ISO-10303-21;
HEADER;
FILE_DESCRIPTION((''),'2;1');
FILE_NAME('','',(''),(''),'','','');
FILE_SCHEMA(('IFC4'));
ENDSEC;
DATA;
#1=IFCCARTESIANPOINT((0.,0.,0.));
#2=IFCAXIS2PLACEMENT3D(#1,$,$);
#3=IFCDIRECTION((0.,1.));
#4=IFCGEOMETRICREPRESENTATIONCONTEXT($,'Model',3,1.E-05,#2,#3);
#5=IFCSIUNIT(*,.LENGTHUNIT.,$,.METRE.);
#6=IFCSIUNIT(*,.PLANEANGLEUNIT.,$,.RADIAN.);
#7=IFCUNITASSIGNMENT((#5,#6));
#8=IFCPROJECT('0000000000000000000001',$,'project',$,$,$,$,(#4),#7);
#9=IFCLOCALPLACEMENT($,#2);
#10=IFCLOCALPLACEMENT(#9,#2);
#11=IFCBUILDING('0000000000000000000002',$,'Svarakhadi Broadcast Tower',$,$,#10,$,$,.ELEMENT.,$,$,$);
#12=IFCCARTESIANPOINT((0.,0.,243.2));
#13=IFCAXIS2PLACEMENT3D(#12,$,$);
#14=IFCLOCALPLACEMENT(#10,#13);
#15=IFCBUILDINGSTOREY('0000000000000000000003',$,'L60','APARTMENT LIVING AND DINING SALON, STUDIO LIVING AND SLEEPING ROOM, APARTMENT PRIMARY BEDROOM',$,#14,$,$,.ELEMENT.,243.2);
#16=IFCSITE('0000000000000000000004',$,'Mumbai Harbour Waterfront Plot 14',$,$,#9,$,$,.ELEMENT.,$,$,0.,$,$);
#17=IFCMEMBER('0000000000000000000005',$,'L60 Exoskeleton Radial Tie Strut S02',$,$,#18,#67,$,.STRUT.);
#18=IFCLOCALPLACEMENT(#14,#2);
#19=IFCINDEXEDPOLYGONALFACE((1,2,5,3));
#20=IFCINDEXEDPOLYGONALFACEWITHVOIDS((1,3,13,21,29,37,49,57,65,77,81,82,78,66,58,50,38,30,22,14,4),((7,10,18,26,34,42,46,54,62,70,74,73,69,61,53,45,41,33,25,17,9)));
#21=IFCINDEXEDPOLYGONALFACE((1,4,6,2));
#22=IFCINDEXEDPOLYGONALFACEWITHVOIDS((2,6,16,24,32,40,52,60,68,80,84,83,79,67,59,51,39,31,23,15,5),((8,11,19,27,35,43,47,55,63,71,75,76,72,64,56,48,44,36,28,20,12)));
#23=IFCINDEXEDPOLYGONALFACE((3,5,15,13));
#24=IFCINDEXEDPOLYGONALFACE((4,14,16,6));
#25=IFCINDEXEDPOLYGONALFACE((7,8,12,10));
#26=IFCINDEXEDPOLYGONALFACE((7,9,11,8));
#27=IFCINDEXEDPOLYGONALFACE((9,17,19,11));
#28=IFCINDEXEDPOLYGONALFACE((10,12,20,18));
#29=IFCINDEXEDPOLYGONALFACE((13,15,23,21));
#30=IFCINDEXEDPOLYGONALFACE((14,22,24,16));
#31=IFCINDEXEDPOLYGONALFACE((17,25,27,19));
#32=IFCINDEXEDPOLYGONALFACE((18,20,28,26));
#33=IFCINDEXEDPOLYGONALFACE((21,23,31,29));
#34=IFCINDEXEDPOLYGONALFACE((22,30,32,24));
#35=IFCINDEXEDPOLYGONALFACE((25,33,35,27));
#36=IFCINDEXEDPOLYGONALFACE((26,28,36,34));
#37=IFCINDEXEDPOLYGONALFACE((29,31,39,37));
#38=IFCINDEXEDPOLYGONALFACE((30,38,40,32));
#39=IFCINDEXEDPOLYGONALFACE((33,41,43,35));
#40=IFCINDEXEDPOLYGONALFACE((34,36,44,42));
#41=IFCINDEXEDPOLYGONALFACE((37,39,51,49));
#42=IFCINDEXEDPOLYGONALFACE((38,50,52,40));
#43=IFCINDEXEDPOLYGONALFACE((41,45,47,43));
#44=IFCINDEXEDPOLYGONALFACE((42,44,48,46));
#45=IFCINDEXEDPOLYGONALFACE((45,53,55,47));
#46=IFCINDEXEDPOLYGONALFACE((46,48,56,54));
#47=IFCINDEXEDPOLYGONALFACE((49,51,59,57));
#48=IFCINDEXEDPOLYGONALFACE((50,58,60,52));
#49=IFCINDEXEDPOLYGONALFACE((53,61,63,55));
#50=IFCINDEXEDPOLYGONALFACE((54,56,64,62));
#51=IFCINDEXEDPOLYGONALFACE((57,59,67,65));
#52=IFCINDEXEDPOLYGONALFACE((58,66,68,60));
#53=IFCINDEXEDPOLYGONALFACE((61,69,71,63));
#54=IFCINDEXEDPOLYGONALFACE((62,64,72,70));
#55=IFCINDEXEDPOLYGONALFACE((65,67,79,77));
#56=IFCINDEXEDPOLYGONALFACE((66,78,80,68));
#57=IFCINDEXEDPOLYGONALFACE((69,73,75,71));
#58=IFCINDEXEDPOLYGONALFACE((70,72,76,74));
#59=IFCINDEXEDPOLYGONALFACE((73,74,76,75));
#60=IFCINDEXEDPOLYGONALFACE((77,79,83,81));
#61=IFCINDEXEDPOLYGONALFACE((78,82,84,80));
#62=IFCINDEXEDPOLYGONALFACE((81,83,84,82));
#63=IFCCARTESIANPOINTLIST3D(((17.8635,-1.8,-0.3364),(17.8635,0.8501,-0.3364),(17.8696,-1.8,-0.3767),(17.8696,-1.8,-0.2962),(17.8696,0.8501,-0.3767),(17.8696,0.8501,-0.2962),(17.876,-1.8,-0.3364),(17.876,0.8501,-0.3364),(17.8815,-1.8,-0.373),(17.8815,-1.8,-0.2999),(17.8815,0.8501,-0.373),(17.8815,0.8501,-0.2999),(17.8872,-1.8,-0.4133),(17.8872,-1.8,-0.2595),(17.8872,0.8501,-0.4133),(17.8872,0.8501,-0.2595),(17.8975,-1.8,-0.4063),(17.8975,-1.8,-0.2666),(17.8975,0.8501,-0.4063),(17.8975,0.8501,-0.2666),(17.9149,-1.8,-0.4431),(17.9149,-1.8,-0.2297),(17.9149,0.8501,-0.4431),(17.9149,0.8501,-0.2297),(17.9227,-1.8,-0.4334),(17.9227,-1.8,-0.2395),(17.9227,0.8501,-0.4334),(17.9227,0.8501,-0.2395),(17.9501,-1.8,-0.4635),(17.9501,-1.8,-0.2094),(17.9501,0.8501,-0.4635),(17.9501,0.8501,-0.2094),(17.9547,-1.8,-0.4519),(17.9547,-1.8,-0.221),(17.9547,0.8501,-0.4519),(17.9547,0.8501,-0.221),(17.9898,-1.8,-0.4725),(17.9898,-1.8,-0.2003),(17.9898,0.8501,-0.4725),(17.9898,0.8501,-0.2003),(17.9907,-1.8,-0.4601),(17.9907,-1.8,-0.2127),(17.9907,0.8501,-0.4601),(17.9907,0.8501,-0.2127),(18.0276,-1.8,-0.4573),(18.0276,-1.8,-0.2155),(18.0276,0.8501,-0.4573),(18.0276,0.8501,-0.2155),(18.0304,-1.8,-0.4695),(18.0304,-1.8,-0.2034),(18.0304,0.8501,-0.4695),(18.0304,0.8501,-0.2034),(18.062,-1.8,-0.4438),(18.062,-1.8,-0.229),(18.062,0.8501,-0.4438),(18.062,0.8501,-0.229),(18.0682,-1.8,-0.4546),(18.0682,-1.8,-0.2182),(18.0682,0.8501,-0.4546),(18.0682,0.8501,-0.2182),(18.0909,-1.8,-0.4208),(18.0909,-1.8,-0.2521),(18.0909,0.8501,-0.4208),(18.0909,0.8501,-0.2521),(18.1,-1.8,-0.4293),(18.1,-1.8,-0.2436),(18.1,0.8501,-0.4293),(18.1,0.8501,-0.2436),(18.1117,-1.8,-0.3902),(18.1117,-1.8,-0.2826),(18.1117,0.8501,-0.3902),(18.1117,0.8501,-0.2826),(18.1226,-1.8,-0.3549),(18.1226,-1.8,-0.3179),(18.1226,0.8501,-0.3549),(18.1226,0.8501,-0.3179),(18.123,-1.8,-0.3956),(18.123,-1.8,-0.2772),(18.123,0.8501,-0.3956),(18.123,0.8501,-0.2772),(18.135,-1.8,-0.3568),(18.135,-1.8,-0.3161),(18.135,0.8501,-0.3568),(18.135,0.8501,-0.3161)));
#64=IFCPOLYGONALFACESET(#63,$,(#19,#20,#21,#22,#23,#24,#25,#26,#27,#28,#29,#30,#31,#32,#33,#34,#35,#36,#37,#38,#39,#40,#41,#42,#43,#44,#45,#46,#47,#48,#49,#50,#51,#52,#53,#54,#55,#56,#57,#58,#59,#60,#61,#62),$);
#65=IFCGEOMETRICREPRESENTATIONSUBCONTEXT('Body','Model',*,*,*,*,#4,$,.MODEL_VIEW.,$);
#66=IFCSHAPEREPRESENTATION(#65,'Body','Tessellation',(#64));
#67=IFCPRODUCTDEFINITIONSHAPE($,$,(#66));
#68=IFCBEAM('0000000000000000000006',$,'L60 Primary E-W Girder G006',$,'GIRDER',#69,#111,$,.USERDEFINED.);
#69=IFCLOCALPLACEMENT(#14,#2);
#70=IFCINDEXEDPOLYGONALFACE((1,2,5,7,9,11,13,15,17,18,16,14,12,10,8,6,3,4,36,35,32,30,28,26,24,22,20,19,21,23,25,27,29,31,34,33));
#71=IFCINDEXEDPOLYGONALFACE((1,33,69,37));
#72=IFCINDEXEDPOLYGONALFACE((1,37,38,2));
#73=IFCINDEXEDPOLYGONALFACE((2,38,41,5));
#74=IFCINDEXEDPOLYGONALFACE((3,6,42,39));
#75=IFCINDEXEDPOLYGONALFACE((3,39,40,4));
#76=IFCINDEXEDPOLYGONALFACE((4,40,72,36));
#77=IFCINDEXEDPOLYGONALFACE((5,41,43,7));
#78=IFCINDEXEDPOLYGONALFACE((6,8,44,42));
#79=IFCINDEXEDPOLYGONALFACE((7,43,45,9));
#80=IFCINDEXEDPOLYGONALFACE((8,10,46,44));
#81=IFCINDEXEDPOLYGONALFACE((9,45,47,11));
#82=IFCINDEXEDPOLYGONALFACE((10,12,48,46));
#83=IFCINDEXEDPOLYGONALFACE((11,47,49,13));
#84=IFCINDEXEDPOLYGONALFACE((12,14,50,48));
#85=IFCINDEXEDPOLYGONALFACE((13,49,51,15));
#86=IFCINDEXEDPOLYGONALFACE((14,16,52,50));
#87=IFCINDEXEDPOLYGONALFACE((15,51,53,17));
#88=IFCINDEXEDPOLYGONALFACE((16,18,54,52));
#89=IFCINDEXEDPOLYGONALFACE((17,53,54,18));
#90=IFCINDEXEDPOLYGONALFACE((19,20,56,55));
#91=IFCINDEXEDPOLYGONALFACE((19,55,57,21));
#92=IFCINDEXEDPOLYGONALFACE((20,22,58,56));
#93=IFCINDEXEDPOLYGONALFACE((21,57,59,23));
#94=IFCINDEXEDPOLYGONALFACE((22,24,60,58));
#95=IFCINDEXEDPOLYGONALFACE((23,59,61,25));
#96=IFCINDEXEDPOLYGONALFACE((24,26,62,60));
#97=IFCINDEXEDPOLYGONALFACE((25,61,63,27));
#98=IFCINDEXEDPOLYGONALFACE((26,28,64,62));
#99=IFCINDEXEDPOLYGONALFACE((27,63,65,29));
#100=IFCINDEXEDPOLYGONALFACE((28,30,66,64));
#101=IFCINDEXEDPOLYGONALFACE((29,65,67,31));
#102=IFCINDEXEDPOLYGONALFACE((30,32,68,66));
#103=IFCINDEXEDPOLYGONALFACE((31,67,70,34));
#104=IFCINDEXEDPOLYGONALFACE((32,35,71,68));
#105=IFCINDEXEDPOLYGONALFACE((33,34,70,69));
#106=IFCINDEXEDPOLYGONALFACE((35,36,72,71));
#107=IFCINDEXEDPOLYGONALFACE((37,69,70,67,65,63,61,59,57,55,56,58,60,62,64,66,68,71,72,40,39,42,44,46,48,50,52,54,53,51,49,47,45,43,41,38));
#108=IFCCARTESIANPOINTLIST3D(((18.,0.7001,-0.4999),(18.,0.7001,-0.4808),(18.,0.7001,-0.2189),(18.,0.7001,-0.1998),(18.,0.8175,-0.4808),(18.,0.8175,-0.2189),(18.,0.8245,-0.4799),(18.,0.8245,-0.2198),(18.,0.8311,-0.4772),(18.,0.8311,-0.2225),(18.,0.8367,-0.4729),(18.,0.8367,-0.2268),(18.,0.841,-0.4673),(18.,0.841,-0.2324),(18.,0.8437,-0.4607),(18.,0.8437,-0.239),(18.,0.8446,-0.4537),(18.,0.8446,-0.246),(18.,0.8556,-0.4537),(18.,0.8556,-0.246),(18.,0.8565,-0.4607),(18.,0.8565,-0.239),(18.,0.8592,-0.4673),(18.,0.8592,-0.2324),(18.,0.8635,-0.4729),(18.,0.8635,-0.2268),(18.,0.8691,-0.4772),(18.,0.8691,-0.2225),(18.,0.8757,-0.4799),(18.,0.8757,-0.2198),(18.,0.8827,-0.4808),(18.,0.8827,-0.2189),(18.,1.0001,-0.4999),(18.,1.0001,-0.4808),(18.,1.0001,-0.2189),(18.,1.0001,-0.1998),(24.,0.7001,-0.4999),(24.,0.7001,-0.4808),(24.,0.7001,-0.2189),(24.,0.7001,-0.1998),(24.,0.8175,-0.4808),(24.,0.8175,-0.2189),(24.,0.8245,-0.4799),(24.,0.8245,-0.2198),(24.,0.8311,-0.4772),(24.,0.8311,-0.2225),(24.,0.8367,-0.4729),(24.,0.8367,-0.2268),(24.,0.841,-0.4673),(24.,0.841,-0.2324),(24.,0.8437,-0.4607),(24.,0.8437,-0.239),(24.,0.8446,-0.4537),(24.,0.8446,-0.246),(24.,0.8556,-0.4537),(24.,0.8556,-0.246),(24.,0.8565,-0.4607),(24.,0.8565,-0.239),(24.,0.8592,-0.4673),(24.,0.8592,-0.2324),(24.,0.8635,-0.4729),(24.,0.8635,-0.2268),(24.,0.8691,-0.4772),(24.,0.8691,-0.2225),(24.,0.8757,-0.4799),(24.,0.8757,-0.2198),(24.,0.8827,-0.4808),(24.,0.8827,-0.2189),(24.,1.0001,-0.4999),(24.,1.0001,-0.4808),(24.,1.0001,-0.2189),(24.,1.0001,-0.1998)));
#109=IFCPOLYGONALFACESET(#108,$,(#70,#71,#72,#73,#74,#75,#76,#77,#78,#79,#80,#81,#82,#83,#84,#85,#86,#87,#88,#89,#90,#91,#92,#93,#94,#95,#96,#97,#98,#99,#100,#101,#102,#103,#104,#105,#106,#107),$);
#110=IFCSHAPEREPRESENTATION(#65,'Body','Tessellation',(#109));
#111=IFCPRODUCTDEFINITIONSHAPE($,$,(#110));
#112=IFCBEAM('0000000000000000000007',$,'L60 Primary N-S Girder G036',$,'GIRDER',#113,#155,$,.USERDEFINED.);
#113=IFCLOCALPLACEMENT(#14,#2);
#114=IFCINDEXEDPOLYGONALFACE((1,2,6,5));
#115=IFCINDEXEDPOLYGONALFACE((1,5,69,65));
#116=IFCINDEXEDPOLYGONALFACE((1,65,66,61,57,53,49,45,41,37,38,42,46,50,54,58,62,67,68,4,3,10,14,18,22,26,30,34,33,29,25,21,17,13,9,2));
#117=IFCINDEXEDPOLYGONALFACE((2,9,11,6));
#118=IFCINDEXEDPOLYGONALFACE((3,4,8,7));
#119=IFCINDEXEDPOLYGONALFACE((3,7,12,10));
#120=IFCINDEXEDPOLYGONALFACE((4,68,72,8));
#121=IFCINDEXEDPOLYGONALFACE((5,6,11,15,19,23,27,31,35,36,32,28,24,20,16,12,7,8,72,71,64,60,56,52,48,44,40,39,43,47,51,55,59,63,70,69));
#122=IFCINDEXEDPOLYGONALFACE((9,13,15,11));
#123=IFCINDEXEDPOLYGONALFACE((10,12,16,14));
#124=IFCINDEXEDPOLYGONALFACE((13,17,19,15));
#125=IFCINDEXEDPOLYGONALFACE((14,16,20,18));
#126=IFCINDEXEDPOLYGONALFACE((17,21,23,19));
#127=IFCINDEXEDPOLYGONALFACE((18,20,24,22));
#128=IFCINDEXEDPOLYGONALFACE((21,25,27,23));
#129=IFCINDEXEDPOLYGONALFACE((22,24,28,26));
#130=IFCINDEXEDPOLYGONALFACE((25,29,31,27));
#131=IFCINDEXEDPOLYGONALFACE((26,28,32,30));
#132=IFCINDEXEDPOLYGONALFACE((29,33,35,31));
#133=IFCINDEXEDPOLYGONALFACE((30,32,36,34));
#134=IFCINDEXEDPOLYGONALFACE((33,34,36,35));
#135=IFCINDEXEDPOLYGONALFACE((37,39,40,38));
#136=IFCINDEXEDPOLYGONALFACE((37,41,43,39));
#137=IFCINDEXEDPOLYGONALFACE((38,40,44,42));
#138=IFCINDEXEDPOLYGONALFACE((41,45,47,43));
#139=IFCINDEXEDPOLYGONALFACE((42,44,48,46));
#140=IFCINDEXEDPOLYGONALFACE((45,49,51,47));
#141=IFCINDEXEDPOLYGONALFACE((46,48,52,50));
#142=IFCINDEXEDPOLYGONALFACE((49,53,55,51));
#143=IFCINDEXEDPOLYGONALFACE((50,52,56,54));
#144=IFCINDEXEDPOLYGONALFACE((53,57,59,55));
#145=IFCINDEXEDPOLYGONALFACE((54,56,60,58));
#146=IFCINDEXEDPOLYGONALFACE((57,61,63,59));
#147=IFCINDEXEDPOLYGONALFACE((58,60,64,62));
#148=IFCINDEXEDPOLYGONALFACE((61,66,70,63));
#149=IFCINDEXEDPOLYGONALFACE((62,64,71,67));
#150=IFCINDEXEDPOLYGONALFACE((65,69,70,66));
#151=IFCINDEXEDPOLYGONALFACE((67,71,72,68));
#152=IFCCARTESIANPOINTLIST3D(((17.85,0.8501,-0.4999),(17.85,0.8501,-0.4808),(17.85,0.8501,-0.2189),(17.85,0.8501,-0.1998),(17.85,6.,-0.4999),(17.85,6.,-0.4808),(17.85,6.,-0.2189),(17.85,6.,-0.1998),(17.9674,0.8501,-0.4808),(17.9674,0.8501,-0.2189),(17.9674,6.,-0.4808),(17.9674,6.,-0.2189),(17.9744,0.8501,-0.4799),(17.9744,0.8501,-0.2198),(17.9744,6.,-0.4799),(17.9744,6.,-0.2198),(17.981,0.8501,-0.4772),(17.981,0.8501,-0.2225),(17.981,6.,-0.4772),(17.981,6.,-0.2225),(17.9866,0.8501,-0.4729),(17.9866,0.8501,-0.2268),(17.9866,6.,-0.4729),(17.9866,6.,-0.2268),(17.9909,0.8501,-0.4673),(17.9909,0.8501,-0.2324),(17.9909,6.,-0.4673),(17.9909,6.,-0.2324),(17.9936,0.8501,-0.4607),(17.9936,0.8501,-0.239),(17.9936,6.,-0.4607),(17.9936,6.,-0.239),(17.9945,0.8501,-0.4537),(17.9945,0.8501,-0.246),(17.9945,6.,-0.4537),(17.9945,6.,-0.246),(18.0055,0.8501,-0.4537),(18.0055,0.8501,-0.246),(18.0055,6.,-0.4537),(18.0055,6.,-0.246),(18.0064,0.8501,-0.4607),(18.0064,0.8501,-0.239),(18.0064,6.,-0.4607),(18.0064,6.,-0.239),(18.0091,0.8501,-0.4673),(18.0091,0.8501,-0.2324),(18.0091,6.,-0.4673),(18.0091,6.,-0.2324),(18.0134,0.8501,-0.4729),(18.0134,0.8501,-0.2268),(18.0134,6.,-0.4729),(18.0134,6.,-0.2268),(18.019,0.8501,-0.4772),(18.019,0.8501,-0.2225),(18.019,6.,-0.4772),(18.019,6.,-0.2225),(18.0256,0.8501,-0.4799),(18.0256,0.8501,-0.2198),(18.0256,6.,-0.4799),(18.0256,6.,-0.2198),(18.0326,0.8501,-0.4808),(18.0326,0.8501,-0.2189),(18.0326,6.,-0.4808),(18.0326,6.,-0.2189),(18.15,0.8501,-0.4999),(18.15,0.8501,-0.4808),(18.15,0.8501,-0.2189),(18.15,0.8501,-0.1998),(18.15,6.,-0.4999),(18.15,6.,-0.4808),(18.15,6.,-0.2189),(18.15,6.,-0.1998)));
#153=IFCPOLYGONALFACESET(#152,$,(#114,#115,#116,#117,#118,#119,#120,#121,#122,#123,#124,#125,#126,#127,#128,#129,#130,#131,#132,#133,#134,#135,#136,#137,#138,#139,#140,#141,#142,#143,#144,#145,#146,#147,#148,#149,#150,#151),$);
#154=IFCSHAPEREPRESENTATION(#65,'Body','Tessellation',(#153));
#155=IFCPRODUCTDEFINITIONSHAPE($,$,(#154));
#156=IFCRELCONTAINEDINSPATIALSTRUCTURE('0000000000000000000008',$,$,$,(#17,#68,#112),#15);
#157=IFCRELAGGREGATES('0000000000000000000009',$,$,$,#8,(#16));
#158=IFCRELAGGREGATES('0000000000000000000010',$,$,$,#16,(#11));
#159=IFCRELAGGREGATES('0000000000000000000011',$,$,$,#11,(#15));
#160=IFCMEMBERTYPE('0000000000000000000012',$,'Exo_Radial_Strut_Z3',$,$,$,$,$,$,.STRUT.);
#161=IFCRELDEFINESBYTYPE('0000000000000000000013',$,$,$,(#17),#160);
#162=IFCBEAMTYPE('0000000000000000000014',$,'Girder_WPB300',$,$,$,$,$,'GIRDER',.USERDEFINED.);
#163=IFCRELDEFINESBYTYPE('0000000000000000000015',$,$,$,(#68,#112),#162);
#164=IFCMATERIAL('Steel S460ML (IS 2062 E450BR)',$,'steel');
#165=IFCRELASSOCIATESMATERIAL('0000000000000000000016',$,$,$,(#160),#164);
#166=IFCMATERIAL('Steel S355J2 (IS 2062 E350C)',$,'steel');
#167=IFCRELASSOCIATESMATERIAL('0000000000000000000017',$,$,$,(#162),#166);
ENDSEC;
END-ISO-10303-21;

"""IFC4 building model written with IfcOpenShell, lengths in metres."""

from ifc_helpers import new_model, si_unit, direction, frame, origin, origin_2d, place, context, subcontext, project, spatial, hollow_circle, i_section, extrude, material, material_profile, profile_set, type_object, element, save


model = new_model("IFC4")

# Units and contexts
model_context = context("Model", 3, precision=1e-05, world=origin(), true_north=direction((0.0, 1.0)))
body_context = subcontext(model_context, "Body", "Model", "MODEL_VIEW")
ifc_project = project(units=[si_unit("LENGTHUNIT", "METRE"), si_unit("PLANEANGLEUNIT", "RADIAN")], contexts=[model_context])

# Site, building, storey
site_placement = place(None, origin())
site = spatial("IfcSite", under=ifc_project, at=site_placement, Name="Mumbai Harbour Waterfront Plot 14", CompositionType="ELEMENT", RefElevation=0.0)
building_placement = place(site_placement, origin())
building = spatial("IfcBuilding", under=site, at=building_placement, Name="Svarakhadi Broadcast Tower", CompositionType="ELEMENT")
storey_placement = place(building_placement, frame((0.0, 0.0, 243.2)))
storey = spatial("IfcBuildingStorey", under=building, at=storey_placement, Name="L60", Description="APARTMENT LIVING AND DINING SALON, STUDIO LIVING AND SLEEPING ROOM, APARTMENT PRIMARY BEDROOM", CompositionType="ELEMENT", Elevation=243.2)

# Shared definitions
ifc_material_1 = material(Name="Steel S460ML (IS 2062 E450BR)", Category="steel")

# Member
ifc_material_profile_1 = material_profile(ifc_material_1, hollow_circle(Radius=0.1365, WallThickness=0.0125, at=origin_2d()), Name="CHS 273x12.5")
ifc_profile_set_1 = profile_set([ifc_material_profile_1], Name="Steel S460ML (IS 2062 E450BR)")
member_type_1 = type_object("IfcMemberType", Name="Exo_Radial_Strut_Z3", PredefinedType="STRUT", material=ifc_profile_set_1)
member_1_placement = place(storey_placement, frame((18.0, -1.8, -0.3364), z_axis=(0.0, 1.0, 0.0), x_axis=(-1.0, 0.0, 0.0)))
element("IfcMember", 1, at=member_1_placement, inside=storey, type_object=member_type_1, Name="L60 Exoskeleton Radial Tie Strut S02", PredefinedType="STRUT", context=body_context, shape_type="SweptSolid", body=[
    extrude(hollow_circle(Radius=0.1365, WallThickness=0.0125, at=origin_2d()), origin(), (0.0, 0.0, 1.0), 2.6501),
])

# Beams
ifc_material_2 = material(Name="Steel S355J2 (IS 2062 E350C)", Category="steel")
ifc_material_profile_2 = material_profile(ifc_material_2, i_section(OverallWidth=0.3, OverallDepth=0.3, WebThickness=0.011, FlangeThickness=0.019, FilletRadius=0.0271, at=origin_2d()), Name="WPB 300x300x117")
ifc_profile_set_2 = profile_set([ifc_material_profile_2], Name="Steel S355J2 (IS 2062 E350C)")
beam_type_1 = type_object("IfcBeamType", Name="Girder_WPB300", ElementType="GIRDER", PredefinedType="USERDEFINED", material=ifc_profile_set_2)
beam_1_placement = place(storey_placement, frame((18.0, 0.8501, -0.3499), z_axis=(1.0, 0.0, 0.0), x_axis=(0.0, 1.0, 0.0)))
element("IfcBeam", 2, at=beam_1_placement, inside=storey, type_object=beam_type_1, Name="L60 Primary E-W Girder G006", ObjectType="GIRDER", PredefinedType="USERDEFINED", context=body_context, shape_type="SweptSolid", body=[
    extrude(i_section(OverallWidth=0.3, OverallDepth=0.3, WebThickness=0.011, FlangeThickness=0.019, FilletRadius=0.0271, at=origin_2d()), origin(), (0.0, 0.0, 1.0), 6.0),
])
beam_2_placement = place(storey_placement, frame((18.0, 0.8501, -0.3499), z_axis=(0.0, 1.0, 0.0), x_axis=(-1.0, 0.0, 0.0)))
element("IfcBeam", 3, at=beam_2_placement, inside=storey, type_object=beam_type_1, Name="L60 Primary N-S Girder G036", ObjectType="GIRDER", PredefinedType="USERDEFINED", context=body_context, shape_type="SweptSolid", body=[
    extrude(i_section(OverallWidth=0.3, OverallDepth=0.3, WebThickness=0.011, FlangeThickness=0.019, FilletRadius=0.0271, at=origin_2d()), origin(), (0.0, 0.0, 1.0), 5.1499),
])

save(model, "model.ifc")
